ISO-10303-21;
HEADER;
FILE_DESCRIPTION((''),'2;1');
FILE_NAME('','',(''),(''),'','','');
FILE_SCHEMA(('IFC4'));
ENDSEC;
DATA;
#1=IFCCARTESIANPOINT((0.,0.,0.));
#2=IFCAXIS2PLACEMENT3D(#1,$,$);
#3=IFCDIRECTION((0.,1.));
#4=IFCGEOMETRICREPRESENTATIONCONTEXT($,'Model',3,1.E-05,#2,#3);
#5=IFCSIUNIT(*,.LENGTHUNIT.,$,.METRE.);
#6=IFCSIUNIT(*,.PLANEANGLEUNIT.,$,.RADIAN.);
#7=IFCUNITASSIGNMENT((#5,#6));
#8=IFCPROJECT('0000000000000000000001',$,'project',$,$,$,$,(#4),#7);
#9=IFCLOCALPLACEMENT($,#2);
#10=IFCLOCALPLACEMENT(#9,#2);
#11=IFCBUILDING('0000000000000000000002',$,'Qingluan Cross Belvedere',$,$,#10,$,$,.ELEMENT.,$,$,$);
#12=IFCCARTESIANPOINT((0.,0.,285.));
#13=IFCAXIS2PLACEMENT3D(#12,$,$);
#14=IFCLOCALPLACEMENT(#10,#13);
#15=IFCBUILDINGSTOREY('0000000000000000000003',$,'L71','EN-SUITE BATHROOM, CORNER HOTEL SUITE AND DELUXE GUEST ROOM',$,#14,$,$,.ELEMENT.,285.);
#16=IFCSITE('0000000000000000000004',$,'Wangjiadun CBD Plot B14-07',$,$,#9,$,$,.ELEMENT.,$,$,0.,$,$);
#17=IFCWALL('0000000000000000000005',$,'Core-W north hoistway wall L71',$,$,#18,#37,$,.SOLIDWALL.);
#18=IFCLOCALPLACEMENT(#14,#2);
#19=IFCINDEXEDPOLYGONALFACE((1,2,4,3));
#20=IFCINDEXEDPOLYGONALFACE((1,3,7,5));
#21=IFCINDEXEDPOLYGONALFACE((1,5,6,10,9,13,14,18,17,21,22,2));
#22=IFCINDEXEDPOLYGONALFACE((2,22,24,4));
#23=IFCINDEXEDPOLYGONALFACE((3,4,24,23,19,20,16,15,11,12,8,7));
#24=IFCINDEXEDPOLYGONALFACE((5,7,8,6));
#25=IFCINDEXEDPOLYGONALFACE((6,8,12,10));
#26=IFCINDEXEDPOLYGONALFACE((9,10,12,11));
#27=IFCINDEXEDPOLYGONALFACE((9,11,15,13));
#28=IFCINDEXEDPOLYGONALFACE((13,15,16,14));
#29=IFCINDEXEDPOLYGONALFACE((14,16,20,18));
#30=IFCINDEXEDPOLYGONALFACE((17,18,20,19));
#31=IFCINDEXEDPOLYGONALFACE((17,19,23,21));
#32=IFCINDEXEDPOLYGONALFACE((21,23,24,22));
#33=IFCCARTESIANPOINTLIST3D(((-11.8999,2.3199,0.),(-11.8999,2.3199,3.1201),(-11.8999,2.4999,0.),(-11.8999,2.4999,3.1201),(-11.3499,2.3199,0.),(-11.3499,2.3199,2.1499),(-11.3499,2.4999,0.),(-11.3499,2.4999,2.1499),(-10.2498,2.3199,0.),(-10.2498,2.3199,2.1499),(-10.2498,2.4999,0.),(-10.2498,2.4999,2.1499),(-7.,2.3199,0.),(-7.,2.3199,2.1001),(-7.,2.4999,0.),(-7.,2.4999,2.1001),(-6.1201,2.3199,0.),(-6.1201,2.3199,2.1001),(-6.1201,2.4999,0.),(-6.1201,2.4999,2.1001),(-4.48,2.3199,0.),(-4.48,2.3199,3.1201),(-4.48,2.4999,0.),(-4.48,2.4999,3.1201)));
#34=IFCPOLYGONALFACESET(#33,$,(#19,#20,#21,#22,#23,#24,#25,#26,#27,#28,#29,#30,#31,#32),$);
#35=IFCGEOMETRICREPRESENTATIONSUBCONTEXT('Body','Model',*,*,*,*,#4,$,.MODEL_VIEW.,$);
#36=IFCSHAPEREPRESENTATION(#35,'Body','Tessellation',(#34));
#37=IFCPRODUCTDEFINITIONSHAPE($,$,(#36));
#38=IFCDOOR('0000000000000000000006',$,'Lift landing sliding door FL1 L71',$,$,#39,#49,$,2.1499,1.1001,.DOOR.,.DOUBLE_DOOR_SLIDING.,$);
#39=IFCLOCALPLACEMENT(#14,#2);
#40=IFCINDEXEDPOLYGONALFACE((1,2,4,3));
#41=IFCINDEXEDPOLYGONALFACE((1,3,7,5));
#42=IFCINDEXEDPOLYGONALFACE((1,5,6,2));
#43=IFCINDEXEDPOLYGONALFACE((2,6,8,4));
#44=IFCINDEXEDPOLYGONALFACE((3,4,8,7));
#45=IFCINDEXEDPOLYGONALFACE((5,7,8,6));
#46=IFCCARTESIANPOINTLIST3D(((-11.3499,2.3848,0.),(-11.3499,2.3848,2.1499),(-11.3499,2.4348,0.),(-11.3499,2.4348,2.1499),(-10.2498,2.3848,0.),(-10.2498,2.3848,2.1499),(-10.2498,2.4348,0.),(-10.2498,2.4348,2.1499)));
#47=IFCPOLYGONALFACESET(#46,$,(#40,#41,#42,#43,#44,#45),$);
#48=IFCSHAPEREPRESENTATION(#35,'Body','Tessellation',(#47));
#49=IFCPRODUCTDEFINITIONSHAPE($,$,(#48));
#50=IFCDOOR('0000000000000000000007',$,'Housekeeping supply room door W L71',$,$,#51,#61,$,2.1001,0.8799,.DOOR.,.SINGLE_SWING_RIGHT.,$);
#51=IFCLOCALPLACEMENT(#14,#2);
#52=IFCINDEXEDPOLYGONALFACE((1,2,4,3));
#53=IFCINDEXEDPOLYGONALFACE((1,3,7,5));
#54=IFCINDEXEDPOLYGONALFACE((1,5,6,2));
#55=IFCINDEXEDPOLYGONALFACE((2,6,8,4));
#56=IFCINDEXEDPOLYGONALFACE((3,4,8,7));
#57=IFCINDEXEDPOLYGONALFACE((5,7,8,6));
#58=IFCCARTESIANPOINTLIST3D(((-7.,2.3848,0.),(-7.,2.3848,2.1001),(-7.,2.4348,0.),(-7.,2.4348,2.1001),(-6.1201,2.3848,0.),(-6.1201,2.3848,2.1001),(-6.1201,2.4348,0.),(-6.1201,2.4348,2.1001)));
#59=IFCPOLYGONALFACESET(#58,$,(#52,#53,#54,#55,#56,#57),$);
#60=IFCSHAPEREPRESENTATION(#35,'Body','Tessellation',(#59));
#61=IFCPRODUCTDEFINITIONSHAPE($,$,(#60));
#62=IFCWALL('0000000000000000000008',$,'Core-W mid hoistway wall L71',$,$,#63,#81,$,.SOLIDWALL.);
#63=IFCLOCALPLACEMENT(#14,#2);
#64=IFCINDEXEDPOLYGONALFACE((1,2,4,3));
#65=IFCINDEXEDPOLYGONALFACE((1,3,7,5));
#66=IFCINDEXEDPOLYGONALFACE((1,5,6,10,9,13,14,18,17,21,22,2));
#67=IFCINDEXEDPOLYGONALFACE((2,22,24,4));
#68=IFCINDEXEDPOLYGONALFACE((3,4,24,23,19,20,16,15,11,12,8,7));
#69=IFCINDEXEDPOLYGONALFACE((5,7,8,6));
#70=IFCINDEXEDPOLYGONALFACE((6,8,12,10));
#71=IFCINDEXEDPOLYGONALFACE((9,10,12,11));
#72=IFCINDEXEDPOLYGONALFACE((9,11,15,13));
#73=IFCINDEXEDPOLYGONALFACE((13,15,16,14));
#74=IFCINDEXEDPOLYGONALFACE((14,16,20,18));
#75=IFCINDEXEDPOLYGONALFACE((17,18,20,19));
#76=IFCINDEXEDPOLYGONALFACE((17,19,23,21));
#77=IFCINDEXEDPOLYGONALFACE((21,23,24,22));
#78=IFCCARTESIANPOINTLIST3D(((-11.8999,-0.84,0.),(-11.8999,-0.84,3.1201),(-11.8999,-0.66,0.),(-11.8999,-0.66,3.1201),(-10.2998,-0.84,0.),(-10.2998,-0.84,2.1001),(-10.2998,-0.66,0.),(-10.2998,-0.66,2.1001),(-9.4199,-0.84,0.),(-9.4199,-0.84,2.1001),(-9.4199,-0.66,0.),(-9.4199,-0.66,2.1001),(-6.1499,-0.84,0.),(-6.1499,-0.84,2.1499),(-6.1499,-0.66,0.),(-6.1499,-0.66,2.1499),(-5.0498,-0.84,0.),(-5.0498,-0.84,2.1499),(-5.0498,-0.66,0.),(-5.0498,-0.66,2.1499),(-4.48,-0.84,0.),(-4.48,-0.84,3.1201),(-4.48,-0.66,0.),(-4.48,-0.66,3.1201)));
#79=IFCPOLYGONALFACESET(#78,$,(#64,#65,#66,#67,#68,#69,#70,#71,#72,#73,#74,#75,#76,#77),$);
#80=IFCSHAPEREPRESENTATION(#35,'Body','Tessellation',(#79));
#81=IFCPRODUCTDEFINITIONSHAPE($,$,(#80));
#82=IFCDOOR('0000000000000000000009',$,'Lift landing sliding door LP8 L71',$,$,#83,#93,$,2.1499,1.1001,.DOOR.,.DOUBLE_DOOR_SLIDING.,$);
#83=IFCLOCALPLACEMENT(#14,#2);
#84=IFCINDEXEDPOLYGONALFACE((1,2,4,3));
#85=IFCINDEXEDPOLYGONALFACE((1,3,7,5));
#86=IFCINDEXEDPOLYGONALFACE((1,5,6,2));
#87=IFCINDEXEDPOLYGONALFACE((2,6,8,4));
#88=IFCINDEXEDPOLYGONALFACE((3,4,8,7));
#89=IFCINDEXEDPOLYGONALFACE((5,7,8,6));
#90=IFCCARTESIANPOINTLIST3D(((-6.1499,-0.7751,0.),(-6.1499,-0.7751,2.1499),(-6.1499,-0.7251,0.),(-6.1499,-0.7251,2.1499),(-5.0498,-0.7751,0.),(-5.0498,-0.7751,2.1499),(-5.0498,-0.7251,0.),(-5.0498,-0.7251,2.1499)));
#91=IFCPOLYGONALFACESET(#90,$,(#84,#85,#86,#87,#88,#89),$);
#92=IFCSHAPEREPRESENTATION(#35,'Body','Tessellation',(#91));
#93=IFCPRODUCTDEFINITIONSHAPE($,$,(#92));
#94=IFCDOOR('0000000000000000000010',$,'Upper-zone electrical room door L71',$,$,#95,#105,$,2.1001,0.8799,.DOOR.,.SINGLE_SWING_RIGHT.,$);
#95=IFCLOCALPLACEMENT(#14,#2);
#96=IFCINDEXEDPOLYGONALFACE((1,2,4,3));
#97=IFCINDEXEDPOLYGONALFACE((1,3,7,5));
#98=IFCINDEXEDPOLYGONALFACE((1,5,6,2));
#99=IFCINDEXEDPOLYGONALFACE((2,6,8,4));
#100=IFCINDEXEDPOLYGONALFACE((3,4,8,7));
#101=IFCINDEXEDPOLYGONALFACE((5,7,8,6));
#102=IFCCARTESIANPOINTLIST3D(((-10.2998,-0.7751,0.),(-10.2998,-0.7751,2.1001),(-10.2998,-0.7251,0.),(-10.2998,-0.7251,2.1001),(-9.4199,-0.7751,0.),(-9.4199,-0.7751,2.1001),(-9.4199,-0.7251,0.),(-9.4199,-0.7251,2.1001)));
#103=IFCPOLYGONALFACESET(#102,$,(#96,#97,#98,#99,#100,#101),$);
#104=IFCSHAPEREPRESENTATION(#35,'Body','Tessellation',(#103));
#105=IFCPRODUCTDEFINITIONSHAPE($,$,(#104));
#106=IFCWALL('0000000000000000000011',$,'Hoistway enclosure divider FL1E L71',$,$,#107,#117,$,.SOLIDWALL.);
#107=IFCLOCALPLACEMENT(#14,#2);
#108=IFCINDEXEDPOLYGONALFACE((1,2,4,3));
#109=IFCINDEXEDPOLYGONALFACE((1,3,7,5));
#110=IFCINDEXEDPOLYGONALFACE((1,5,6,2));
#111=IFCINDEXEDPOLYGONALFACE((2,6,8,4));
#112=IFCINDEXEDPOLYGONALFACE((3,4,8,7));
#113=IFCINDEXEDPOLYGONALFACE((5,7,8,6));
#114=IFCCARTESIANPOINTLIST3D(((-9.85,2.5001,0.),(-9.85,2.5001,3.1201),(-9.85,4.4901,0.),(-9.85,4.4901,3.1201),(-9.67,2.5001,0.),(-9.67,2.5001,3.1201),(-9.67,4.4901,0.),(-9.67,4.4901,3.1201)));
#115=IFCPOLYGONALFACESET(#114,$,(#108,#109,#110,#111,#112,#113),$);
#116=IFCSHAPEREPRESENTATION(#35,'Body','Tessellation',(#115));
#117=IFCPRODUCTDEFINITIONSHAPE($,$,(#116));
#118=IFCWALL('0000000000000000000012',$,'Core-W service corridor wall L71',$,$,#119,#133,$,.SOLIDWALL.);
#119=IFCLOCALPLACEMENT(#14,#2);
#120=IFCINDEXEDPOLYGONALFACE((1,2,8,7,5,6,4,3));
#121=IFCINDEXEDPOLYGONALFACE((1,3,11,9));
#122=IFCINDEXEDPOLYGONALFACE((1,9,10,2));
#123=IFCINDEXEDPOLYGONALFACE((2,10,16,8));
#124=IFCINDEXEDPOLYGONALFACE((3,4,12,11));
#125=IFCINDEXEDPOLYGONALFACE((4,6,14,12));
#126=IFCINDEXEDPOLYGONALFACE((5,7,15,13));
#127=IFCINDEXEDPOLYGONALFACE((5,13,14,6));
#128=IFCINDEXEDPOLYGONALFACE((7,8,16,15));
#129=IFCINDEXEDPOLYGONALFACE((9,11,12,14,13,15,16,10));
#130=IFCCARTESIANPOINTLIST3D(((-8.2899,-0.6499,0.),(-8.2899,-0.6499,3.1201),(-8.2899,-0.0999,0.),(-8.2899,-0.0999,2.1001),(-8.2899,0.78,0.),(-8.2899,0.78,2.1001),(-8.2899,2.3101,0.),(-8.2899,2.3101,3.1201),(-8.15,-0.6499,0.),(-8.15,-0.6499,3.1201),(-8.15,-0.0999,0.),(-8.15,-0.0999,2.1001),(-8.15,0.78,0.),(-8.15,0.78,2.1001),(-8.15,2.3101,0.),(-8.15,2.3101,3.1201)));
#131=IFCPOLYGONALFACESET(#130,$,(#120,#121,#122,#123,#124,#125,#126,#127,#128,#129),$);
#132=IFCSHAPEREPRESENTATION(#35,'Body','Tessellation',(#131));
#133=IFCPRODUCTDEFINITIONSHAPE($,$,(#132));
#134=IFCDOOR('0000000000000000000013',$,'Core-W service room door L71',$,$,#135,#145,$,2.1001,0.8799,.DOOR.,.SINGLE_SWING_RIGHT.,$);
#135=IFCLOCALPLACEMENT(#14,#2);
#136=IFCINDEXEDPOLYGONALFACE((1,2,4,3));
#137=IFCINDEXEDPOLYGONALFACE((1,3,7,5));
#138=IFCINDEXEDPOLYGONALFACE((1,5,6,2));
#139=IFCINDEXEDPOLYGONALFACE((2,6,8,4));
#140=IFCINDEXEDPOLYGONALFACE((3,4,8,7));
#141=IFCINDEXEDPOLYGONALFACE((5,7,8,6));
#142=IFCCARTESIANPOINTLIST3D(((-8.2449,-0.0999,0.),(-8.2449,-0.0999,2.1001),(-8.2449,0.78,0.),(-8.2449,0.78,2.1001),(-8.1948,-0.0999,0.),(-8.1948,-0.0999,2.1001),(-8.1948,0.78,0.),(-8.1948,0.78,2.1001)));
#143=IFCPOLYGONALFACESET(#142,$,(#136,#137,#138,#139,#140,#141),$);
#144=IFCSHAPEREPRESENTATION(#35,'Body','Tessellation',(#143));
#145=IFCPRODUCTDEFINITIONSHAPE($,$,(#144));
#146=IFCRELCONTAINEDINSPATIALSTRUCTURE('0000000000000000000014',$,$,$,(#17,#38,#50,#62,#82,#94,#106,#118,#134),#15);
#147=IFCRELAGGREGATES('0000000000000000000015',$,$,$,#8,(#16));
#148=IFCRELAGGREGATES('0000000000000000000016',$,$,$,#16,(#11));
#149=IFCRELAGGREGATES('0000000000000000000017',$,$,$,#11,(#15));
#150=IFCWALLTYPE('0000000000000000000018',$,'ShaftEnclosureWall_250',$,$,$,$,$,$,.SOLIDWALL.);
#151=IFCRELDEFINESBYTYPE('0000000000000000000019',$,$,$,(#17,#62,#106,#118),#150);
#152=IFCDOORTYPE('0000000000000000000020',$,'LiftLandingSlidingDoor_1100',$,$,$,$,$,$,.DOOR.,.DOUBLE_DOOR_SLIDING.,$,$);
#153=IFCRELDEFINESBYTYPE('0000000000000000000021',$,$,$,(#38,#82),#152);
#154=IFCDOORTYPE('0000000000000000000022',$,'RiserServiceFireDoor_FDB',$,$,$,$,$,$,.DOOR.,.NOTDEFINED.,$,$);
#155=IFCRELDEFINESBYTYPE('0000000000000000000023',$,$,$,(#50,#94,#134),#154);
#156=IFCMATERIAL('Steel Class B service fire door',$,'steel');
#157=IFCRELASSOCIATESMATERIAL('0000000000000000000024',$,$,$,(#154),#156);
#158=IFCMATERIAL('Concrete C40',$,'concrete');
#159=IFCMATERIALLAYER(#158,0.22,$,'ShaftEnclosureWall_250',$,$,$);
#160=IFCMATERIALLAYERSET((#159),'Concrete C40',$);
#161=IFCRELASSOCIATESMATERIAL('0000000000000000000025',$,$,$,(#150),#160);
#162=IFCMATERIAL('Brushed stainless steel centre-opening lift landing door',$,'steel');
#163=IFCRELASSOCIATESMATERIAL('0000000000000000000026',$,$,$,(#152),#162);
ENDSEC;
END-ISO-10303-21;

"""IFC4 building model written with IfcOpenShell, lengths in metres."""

from ifc_helpers import new_model, si_unit, direction, frame, frame_2d, origin, place, context, subcontext, project, spatial, rectangle, extrude, material, layer, layer_set, type_object, element, fill, save


model = new_model("IFC4")

# Units and contexts
model_context = context("Model", 3, precision=1e-05, world=origin(), true_north=direction((0.0, 1.0)))
body_context = subcontext(model_context, "Body", "Model", "MODEL_VIEW")
ifc_project = project(units=[si_unit("LENGTHUNIT", "METRE"), si_unit("PLANEANGLEUNIT", "RADIAN")], contexts=[model_context])

# Site, building, storey
site_placement = place(None, origin())
site = spatial("IfcSite", under=ifc_project, at=site_placement, Name="Wangjiadun CBD Plot B14-07", CompositionType="ELEMENT", RefElevation=0.0)
building_placement = place(site_placement, origin())
building = spatial("IfcBuilding", under=site, at=building_placement, Name="Qingluan Cross Belvedere", CompositionType="ELEMENT")
storey_placement = place(building_placement, frame((0.0, 0.0, 285.0)))
storey = spatial("IfcBuildingStorey", under=building, at=storey_placement, Name="L71", Description="EN-SUITE BATHROOM, CORNER HOTEL SUITE AND DELUXE GUEST ROOM", CompositionType="ELEMENT", Elevation=285.0)

# Shared definitions
ifc_material_1 = material(Name="Steel Class B service fire door", Category="steel")
door_type_1 = type_object("IfcDoorType", Name="RiserServiceFireDoor_FDB", OperationType="NOTDEFINED", PredefinedType="DOOR", material=ifc_material_1)

# Walls, openings, doors
ifc_material_2 = material(Name="Concrete C40", Category="concrete")
ifc_layer_1 = layer(ifc_material_2, 0.22, Name="ShaftEnclosureWall_250")
ifc_layer_set_1 = layer_set([ifc_layer_1], Name="Concrete C40")
wall_type_1 = type_object("IfcWallType", Name="ShaftEnclosureWall_250", PredefinedType="SOLIDWALL", material=ifc_layer_set_1)
wall_1_placement = place(storey_placement, frame((-11.8999, 2.4099, 0.0), z_axis=(0.0, 0.0, 1.0), x_axis=(1.0, 0.0, 0.0)))
wall_1 = element("IfcWall", 1, at=wall_1_placement, inside=storey, type_object=wall_type_1, Name="Core-W north hoistway wall L71", PredefinedType="SOLIDWALL", context=body_context, shape_type="SweptSolid", body=[
    extrude(rectangle(XDim=7.4199, YDim=0.1799, at=frame_2d((3.71, 0.0))), origin(), (0.0, 0.0, 1.0), 3.1201),
])
opening_1_placement = place(wall_1_placement, frame((0.55, 0.0, 0.0)))
opening_1 = element("IfcOpeningElement", 2, at=opening_1_placement, cuts=wall_1, PredefinedType="OPENING", context=body_context, shape_type="SweptSolid", body=[
    extrude(rectangle(XDim=1.1001, YDim=2.1499, at=frame_2d((0.55, 1.075))), frame((0.0, 0.0999, 0.0), z_axis=(0.0, -1.0, 0.0), x_axis=(1.0, 0.0, 0.0)), (0.0, 0.0, 1.0), 0.2),
])
opening_2_placement = place(wall_1_placement, frame((4.8999, 0.0, 0.0)))
opening_2 = element("IfcOpeningElement", 3, at=opening_2_placement, cuts=wall_1, PredefinedType="OPENING", context=body_context, shape_type="SweptSolid", body=[
    extrude(rectangle(XDim=0.8799, YDim=2.1001, at=frame_2d((0.4399, 1.05))), frame((0.0, 0.0999, 0.0), z_axis=(0.0, -1.0, 0.0), x_axis=(1.0, 0.0, 0.0)), (0.0, 0.0, 1.0), 0.2),
])
ifc_material_3 = material(Name="Brushed stainless steel centre-opening lift landing door", Category="steel")
door_type_2 = type_object("IfcDoorType", Name="LiftLandingSlidingDoor_1100", OperationType="DOUBLE_DOOR_SLIDING", PredefinedType="DOOR", material=ifc_material_3)
door_1_placement = place(opening_1_placement, origin())
door_1 = element("IfcDoor", 4, at=door_1_placement, inside=storey, type_object=door_type_2, Name="Lift landing sliding door FL1 L71", OperationType="DOUBLE_DOOR_SLIDING", OverallHeight=2.1499, OverallWidth=1.1001, PredefinedType="DOOR", context=body_context, shape_type="SweptSolid", body=[
    extrude(rectangle(XDim=1.1001, YDim=2.1499, at=frame_2d((0.55, 1.075))), frame((0.0, 0.0249, 0.0), z_axis=(0.0, -1.0, 0.0), x_axis=(1.0, 0.0, 0.0)), (0.0, 0.0, 1.0), 0.05),
])
fill(opening_1, door_1)
door_2_placement = place(opening_2_placement, origin())
door_2 = element("IfcDoor", 5, at=door_2_placement, inside=storey, type_object=door_type_1, Name="Housekeeping supply room door W L71", OperationType="SINGLE_SWING_RIGHT", OverallHeight=2.1001, OverallWidth=0.8799, PredefinedType="DOOR", context=body_context, shape_type="SweptSolid", body=[
    extrude(rectangle(XDim=0.8799, YDim=2.1001, at=frame_2d((0.4399, 1.05))), frame((0.0, 0.0249, 0.0), z_axis=(0.0, -1.0, 0.0), x_axis=(1.0, 0.0, 0.0)), (0.0, 0.0, 1.0), 0.05),
])
fill(opening_2, door_2)
wall_2_placement = place(storey_placement, frame((-11.8999, -0.75, 0.0), z_axis=(0.0, 0.0, 1.0), x_axis=(1.0, 0.0, 0.0)))
wall_2 = element("IfcWall", 6, at=wall_2_placement, inside=storey, type_object=wall_type_1, Name="Core-W mid hoistway wall L71", PredefinedType="SOLIDWALL", context=body_context, shape_type="SweptSolid", body=[
    extrude(rectangle(XDim=7.4199, YDim=0.1799, at=frame_2d((3.71, 0.0))), origin(), (0.0, 0.0, 1.0), 3.1201),
])
opening_3_placement = place(wall_2_placement, frame((5.75, 0.0, 0.0)))
opening_3 = element("IfcOpeningElement", 7, at=opening_3_placement, cuts=wall_2, PredefinedType="OPENING", context=body_context, shape_type="SweptSolid", body=[
    extrude(rectangle(XDim=1.1001, YDim=2.1499, at=frame_2d((0.55, 1.075))), frame((0.0, 0.0999, 0.0), z_axis=(0.0, -1.0, 0.0), x_axis=(1.0, 0.0, 0.0)), (0.0, 0.0, 1.0), 0.2),
])
opening_4_placement = place(wall_2_placement, frame((1.6001, 0.0, 0.0)))
opening_4 = element("IfcOpeningElement", 8, at=opening_4_placement, cuts=wall_2, PredefinedType="OPENING", context=body_context, shape_type="SweptSolid", body=[
    extrude(rectangle(XDim=0.8799, YDim=2.1001, at=frame_2d((0.4399, 1.05))), frame((0.0, 0.0999, 0.0), z_axis=(0.0, -1.0, 0.0), x_axis=(1.0, 0.0, 0.0)), (0.0, 0.0, 1.0), 0.2),
])
door_3_placement = place(opening_3_placement, origin())
door_3 = element("IfcDoor", 9, at=door_3_placement, inside=storey, type_object=door_type_2, Name="Lift landing sliding door LP8 L71", OperationType="DOUBLE_DOOR_SLIDING", OverallHeight=2.1499, OverallWidth=1.1001, PredefinedType="DOOR", context=body_context, shape_type="SweptSolid", body=[
    extrude(rectangle(XDim=1.1001, YDim=2.1499, at=frame_2d((0.55, 1.075))), frame((0.0, 0.0249, 0.0), z_axis=(0.0, -1.0, 0.0), x_axis=(1.0, 0.0, 0.0)), (0.0, 0.0, 1.0), 0.05),
])
fill(opening_3, door_3)
door_4_placement = place(opening_4_placement, origin())
door_4 = element("IfcDoor", 10, at=door_4_placement, inside=storey, type_object=door_type_1, Name="Upper-zone electrical room door L71", OperationType="SINGLE_SWING_RIGHT", OverallHeight=2.1001, OverallWidth=0.8799, PredefinedType="DOOR", context=body_context, shape_type="SweptSolid", body=[
    extrude(rectangle(XDim=0.8799, YDim=2.1001, at=frame_2d((0.4399, 1.05))), frame((0.0, 0.0249, 0.0), z_axis=(0.0, -1.0, 0.0), x_axis=(1.0, 0.0, 0.0)), (0.0, 0.0, 1.0), 0.05),
])
fill(opening_4, door_4)

# Wall
wall_3_placement = place(storey_placement, frame((-9.76, 2.5, 0.0), z_axis=(0.0, 0.0, 1.0), x_axis=(0.0, 1.0, 0.0)))
element("IfcWall", 11, at=wall_3_placement, inside=storey, type_object=wall_type_1, Name="Hoistway enclosure divider FL1E L71", PredefinedType="SOLIDWALL", context=body_context, shape_type="SweptSolid", body=[
    extrude(rectangle(XDim=1.99, YDim=0.1799, at=frame_2d((0.9951, 0.0))), origin(), (0.0, 0.0, 1.0), 3.1201),
])

# Wall, opening, door
wall_4_placement = place(storey_placement, frame((-8.22, -0.6499, 0.0), z_axis=(0.0, 0.0, 1.0), x_axis=(0.0, 1.0, 0.0)))
wall_4 = element("IfcWall", 12, at=wall_4_placement, inside=storey, type_object=wall_type_1, Name="Core-W service corridor wall L71", PredefinedType="SOLIDWALL", context=body_context, shape_type="SweptSolid", body=[
    extrude(rectangle(XDim=2.96, YDim=0.1399, at=frame_2d((1.48, 0.0))), origin(), (0.0, 0.0, 1.0), 3.1201),
])
opening_5_placement = place(wall_4_placement, frame((0.55, 0.0, 0.0)))
opening_5 = element("IfcOpeningElement", 13, at=opening_5_placement, cuts=wall_4, PredefinedType="OPENING", context=body_context, shape_type="SweptSolid", body=[
    extrude(rectangle(XDim=0.8799, YDim=2.1001, at=frame_2d((0.4399, 1.05))), frame((0.0, 0.0798, 0.0), z_axis=(0.0, -1.0, 0.0), x_axis=(1.0, 0.0, 0.0)), (0.0, 0.0, 1.0), 0.1599),
])
door_5_placement = place(opening_5_placement, origin())
door_5 = element("IfcDoor", 14, at=door_5_placement, inside=storey, type_object=door_type_1, Name="Core-W service room door L71", OperationType="SINGLE_SWING_RIGHT", OverallHeight=2.1001, OverallWidth=0.8799, PredefinedType="DOOR", context=body_context, shape_type="SweptSolid", body=[
    extrude(rectangle(XDim=0.8799, YDim=2.1001, at=frame_2d((0.4399, 1.05))), frame((0.0, 0.0249, 0.0), z_axis=(0.0, -1.0, 0.0), x_axis=(1.0, 0.0, 0.0)), (0.0, 0.0, 1.0), 0.05),
])
fill(opening_5, door_5)

save(model, "model.ifc")
